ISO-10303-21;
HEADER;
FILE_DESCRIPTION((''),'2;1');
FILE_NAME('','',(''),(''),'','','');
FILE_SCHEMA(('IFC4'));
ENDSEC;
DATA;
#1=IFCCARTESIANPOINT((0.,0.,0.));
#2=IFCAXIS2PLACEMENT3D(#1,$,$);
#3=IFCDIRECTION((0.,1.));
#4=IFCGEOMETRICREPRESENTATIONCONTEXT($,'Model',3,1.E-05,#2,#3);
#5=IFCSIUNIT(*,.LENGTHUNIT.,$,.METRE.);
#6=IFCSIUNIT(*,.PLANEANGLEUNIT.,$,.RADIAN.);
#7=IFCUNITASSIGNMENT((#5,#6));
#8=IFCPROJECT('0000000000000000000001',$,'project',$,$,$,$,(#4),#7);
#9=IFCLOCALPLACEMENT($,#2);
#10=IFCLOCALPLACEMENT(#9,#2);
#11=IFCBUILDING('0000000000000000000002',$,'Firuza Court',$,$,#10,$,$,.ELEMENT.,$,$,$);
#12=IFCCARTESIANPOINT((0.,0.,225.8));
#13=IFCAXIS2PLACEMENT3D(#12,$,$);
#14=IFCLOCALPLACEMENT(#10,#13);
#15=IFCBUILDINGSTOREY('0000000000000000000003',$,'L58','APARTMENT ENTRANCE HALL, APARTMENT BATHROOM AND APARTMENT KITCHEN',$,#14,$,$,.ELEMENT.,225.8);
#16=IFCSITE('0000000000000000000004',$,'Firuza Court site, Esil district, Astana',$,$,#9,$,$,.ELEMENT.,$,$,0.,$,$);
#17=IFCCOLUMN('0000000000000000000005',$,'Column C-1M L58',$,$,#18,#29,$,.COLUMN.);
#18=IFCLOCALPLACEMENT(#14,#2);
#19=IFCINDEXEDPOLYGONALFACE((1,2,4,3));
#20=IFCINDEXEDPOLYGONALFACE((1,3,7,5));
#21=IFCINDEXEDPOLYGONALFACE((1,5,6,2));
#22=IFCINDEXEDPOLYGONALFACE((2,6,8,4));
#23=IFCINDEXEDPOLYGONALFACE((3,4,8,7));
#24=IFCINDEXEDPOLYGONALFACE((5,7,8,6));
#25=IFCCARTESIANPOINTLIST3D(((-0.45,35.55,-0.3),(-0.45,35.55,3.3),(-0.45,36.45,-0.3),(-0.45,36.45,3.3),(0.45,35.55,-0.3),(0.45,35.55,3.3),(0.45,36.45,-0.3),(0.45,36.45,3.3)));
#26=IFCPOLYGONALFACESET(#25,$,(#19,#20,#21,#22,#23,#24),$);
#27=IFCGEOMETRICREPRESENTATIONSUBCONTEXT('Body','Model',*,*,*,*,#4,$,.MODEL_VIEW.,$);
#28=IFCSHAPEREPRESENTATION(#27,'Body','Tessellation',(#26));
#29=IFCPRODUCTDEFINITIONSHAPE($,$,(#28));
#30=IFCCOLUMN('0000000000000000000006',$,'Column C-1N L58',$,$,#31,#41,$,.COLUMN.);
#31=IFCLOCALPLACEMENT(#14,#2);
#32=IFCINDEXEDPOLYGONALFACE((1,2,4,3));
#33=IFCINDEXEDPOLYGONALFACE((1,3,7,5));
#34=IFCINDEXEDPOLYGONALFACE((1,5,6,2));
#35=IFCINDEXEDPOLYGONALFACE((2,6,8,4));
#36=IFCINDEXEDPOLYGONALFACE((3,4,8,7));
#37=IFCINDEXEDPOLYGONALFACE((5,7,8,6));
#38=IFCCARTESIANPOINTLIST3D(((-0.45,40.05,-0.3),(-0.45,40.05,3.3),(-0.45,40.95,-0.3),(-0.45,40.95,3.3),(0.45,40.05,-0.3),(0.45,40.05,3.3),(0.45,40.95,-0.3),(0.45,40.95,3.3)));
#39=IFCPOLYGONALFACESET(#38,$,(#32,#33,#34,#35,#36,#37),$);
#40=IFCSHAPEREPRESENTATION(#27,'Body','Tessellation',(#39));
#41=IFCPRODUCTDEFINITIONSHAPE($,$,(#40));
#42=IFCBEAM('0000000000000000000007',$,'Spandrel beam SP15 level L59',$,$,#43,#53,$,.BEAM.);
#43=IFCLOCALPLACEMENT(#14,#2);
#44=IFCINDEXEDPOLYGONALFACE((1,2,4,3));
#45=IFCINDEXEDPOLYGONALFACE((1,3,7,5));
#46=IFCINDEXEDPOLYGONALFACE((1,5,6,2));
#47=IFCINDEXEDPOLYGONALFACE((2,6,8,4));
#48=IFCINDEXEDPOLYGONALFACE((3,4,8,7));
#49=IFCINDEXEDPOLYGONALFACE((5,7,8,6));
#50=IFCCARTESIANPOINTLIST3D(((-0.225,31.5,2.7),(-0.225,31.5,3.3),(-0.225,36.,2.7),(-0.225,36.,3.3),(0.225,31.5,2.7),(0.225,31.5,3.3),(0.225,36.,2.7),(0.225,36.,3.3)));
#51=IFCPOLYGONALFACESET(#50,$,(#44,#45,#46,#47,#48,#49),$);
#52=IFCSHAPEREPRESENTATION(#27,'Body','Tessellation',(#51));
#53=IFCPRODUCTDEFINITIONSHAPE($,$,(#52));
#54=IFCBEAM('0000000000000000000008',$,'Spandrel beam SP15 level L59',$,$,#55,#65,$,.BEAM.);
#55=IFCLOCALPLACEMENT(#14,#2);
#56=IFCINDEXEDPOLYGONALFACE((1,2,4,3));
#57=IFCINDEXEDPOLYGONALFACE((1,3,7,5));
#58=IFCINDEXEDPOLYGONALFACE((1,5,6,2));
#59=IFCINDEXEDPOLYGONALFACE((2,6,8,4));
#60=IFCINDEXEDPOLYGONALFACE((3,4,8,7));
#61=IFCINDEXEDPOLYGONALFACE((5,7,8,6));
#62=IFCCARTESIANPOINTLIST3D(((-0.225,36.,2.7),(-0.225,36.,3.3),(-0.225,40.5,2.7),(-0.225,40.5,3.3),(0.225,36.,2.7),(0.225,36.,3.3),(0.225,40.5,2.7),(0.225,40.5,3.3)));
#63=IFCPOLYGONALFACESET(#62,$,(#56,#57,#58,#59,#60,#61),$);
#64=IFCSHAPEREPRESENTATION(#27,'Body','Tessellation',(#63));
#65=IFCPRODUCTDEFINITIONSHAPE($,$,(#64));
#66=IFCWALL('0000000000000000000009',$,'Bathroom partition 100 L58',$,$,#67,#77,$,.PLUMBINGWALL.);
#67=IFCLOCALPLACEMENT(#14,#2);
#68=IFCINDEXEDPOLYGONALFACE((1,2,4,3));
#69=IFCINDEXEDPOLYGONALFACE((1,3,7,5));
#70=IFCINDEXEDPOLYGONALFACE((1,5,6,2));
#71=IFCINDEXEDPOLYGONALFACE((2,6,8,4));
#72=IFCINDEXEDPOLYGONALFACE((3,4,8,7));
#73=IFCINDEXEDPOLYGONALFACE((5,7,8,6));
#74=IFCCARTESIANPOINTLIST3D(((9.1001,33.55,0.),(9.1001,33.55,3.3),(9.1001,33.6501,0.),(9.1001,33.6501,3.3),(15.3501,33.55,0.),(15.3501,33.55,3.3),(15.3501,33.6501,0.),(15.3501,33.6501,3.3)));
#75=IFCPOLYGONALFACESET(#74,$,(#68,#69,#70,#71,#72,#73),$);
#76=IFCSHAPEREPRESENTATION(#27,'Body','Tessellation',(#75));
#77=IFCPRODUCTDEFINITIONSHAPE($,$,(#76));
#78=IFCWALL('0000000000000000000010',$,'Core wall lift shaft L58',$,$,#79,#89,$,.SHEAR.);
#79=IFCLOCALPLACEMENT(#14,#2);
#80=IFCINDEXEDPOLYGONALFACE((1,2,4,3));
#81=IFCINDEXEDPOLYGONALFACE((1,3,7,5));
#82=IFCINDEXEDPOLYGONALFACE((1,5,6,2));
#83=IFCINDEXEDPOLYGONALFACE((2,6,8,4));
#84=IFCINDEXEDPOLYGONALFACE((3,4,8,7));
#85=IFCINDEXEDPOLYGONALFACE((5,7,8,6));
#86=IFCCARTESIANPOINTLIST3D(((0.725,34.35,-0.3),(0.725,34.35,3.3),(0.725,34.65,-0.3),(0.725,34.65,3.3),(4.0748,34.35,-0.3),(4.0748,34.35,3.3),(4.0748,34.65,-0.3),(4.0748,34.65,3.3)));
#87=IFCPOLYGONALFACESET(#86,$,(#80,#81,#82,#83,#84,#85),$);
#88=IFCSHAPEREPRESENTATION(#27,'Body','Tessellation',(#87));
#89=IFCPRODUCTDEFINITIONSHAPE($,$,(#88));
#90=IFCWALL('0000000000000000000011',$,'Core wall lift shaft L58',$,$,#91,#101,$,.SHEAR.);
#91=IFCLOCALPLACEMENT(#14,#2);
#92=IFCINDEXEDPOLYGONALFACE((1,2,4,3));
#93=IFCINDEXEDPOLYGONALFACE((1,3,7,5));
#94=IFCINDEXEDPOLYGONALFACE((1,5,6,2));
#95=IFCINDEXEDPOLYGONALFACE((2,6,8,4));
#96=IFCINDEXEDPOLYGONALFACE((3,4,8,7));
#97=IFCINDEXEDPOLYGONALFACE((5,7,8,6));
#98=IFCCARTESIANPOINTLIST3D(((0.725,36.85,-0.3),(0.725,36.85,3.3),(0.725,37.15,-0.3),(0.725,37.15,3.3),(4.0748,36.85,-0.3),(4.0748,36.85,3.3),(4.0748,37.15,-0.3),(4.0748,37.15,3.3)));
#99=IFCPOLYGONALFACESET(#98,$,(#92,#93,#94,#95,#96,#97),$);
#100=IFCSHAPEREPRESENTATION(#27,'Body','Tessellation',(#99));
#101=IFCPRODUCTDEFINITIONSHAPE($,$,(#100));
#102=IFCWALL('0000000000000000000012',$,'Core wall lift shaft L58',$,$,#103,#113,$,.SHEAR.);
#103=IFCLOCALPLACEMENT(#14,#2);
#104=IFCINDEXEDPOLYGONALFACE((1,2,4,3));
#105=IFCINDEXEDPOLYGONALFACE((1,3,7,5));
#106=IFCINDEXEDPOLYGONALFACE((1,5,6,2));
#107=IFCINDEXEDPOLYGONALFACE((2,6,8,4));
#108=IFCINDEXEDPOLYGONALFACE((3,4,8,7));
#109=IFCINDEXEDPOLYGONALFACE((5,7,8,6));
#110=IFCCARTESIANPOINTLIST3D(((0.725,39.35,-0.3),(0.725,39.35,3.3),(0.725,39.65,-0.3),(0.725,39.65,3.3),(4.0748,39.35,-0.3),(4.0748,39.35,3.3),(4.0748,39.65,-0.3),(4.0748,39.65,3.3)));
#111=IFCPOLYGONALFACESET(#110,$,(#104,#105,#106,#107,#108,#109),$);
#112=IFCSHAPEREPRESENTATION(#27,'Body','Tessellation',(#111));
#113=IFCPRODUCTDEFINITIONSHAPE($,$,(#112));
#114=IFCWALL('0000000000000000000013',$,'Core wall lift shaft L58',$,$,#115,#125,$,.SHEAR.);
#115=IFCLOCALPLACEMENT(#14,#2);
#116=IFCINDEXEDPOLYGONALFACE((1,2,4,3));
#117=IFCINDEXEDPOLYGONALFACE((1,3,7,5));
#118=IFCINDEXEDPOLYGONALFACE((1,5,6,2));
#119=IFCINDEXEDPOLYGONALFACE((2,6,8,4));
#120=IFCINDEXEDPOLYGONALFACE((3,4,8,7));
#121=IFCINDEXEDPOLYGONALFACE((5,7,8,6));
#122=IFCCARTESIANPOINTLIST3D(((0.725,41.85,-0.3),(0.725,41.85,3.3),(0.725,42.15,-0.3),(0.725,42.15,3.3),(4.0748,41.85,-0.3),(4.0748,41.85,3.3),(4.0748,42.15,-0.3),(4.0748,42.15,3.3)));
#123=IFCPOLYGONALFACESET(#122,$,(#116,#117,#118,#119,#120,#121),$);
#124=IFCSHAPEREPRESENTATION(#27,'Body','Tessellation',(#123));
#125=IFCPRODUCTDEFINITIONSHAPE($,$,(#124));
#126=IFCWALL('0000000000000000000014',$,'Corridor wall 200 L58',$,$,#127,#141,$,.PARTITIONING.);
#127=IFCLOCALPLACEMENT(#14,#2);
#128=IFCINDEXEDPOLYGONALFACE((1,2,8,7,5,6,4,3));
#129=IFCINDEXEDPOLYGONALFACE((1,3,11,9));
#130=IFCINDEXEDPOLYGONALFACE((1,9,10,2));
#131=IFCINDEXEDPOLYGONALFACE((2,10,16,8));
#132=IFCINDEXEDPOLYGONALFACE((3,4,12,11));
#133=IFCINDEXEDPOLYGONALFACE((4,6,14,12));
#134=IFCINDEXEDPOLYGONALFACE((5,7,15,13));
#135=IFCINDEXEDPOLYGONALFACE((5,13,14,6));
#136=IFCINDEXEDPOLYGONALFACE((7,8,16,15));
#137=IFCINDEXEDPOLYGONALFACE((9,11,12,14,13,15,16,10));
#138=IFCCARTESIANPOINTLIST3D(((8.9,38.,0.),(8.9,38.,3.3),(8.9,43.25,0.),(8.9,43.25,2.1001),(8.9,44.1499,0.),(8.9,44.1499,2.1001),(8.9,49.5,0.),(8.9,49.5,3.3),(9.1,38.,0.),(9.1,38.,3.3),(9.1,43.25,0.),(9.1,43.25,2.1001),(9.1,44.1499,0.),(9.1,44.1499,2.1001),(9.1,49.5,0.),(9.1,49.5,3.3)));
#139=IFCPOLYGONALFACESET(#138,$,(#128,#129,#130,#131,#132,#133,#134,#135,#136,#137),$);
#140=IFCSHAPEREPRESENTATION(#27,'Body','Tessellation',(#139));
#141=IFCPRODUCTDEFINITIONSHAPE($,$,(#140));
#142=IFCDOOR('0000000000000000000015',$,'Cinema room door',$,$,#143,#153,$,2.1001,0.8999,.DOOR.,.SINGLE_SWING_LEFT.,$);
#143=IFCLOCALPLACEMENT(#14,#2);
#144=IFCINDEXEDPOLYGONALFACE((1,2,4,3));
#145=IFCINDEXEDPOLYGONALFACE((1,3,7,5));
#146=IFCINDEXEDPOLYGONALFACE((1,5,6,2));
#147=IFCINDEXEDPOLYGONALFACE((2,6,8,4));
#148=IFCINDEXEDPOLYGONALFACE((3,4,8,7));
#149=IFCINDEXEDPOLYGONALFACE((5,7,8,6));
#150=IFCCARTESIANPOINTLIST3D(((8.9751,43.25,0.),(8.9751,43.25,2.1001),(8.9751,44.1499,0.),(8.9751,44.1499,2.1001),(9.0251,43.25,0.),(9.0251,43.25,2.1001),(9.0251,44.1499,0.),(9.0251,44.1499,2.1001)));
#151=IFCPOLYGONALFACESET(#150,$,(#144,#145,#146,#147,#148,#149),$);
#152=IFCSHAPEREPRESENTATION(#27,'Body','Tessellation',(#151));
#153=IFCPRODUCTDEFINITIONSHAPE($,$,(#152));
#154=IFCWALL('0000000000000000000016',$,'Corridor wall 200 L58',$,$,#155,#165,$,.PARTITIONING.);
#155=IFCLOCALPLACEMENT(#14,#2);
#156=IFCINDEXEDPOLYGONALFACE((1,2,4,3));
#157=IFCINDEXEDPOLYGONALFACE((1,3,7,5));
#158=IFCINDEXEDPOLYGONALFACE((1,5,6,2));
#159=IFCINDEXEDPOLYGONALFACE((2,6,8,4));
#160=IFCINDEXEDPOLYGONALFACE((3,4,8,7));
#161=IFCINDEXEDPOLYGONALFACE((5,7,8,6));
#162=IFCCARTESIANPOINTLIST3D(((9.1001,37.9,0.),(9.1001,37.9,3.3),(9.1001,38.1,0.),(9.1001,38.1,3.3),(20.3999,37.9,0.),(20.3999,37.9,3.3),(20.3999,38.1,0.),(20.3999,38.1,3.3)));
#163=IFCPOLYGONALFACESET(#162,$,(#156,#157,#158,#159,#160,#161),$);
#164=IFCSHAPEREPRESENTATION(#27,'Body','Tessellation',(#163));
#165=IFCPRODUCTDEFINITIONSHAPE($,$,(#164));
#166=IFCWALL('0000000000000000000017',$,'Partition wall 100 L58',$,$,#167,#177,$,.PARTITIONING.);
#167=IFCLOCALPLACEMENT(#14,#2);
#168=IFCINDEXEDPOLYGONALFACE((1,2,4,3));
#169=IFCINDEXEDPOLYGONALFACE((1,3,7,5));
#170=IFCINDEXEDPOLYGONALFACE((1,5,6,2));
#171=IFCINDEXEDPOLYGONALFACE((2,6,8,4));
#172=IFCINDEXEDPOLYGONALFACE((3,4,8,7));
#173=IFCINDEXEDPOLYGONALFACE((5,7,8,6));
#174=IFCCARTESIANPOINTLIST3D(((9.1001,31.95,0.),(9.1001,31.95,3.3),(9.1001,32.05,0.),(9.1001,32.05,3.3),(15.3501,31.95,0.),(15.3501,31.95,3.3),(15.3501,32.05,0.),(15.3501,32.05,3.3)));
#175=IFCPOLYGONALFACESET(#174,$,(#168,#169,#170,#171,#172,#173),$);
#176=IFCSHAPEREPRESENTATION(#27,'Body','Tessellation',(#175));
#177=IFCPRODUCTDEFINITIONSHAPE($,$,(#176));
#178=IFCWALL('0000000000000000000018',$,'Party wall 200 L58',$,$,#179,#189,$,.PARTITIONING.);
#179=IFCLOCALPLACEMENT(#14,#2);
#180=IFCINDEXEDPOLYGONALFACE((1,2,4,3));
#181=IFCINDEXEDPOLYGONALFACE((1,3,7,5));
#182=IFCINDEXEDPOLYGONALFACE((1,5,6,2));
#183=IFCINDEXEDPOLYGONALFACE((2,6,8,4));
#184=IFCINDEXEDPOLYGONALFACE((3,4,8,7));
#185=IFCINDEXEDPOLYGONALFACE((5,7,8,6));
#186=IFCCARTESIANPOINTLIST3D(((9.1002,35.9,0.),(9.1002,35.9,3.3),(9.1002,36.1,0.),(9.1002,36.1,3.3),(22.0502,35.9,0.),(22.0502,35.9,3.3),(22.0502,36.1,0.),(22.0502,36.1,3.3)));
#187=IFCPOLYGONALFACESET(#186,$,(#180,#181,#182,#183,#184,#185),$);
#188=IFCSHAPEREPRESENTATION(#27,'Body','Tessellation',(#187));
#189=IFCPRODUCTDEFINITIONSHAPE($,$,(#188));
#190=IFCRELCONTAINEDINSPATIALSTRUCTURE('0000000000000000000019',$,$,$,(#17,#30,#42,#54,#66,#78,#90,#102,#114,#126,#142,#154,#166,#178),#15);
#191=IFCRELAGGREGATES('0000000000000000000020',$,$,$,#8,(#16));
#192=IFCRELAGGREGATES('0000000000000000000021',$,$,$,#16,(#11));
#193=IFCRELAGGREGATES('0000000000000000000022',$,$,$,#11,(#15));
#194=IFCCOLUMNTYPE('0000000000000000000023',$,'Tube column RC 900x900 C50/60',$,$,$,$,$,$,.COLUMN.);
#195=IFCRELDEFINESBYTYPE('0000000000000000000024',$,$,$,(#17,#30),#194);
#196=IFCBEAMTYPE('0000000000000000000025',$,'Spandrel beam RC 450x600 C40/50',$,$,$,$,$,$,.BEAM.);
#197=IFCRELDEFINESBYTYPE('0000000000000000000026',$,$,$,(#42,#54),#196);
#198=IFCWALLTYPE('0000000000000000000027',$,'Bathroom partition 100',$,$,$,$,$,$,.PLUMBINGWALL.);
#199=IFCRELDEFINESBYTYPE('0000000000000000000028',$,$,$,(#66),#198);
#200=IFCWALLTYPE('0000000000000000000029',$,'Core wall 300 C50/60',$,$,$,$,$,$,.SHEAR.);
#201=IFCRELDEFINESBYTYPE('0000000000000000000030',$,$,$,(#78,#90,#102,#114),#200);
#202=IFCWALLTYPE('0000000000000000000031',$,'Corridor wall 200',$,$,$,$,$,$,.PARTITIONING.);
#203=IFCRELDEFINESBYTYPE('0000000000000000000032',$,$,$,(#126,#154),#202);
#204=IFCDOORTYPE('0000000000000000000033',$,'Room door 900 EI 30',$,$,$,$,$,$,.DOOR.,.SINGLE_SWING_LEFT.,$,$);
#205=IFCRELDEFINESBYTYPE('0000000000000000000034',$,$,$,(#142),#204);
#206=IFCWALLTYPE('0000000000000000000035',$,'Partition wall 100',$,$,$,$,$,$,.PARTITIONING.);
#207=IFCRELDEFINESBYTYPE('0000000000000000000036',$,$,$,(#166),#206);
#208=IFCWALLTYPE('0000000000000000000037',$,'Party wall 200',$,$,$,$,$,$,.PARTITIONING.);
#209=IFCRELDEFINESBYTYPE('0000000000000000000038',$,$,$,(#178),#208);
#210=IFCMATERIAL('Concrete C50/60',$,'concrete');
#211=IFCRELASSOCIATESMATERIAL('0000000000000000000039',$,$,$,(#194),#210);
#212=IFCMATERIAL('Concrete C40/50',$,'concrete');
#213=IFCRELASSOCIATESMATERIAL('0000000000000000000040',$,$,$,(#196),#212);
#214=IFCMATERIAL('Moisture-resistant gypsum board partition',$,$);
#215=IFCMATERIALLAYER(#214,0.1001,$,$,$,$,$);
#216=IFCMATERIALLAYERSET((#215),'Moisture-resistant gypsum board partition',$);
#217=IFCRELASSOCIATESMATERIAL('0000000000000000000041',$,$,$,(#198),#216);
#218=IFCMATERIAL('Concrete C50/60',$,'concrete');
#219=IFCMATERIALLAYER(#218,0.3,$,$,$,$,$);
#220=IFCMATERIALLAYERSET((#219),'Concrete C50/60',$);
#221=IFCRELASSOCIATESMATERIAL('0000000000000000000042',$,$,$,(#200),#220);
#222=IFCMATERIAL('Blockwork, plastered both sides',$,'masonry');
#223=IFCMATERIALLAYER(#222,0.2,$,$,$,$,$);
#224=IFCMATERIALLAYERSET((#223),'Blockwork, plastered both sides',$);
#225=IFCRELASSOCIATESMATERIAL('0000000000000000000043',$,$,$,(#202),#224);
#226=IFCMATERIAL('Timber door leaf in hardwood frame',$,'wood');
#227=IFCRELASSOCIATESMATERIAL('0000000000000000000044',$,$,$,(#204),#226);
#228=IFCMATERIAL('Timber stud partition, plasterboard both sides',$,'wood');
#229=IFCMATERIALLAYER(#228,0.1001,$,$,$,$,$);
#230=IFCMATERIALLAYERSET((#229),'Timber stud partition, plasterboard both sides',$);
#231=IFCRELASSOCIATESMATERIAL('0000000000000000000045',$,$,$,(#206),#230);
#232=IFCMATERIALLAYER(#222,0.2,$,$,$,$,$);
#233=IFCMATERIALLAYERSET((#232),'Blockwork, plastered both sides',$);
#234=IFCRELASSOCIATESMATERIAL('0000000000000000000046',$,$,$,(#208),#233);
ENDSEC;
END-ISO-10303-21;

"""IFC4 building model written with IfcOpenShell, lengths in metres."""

from ifc_helpers import new_model, si_unit, direction, frame, frame_2d, origin, origin_2d, place, context, subcontext, project, spatial, rectangle, extrude, material, layer, layer_set, material_profile, profile_set, type_object, element, fill, save


model = new_model("IFC4")

# Units and contexts
model_context = context("Model", 3, precision=1e-05, world=origin(), true_north=direction((0.0, 1.0)))
body_context = subcontext(model_context, "Body", "Model", "MODEL_VIEW")
ifc_project = project(units=[si_unit("LENGTHUNIT", "METRE"), si_unit("PLANEANGLEUNIT", "RADIAN")], contexts=[model_context])

# Site, building, storey
site_placement = place(None, origin())
site = spatial("IfcSite", under=ifc_project, at=site_placement, Name="Firuza Court site, Esil district, Astana", CompositionType="ELEMENT", RefElevation=0.0)
building_placement = place(site_placement, origin())
building = spatial("IfcBuilding", under=site, at=building_placement, Name="Firuza Court", CompositionType="ELEMENT")
storey_placement = place(building_placement, frame((0.0, 0.0, 225.8)))
storey = spatial("IfcBuildingStorey", under=building, at=storey_placement, Name="L58", Description="APARTMENT ENTRANCE HALL, APARTMENT BATHROOM AND APARTMENT KITCHEN", CompositionType="ELEMENT", Elevation=225.8)

# Columns
ifc_material_1 = material(Name="Concrete C50/60", Category="concrete")
ifc_material_profile_1 = material_profile(ifc_material_1, rectangle(XDim=0.8999, YDim=0.8999, at=origin_2d()), Name="RC 900x900")
ifc_profile_set_1 = profile_set([ifc_material_profile_1], Name="Concrete C50/60")
column_type = type_object("IfcColumnType", Name="Tube column RC 900x900 C50/60", PredefinedType="COLUMN", material=ifc_profile_set_1)
for number, where, z_axis, x_axis, name in (
    (1, (0.0, 36.0, -0.3), (0.0, 0.0, 1.0), (1.0, 0.0, 0.0), "Column C-1M L58"),
    (2, (0.0, 40.5, -0.3), (0.0, 0.0, 1.0), (1.0, 0.0, 0.0), "Column C-1N L58"),
):
    element("IfcColumn", number, at=place(storey_placement, frame(where, z_axis=z_axis, x_axis=x_axis)), inside=storey, type_object=column_type, Name=name, PredefinedType="COLUMN", context=body_context, shape_type="SweptSolid", body=[
        extrude(rectangle(XDim=0.8999, YDim=0.8999, at=origin_2d()), origin(), (0.0, 0.0, 1.0), 3.6001),
    ])

# Beams
ifc_material_2 = material(Name="Concrete C40/50", Category="concrete")
ifc_material_profile_2 = material_profile(ifc_material_2, rectangle(XDim=0.45, YDim=0.6001, at=origin_2d()), Name="RC 450x600")
ifc_profile_set_2 = profile_set([ifc_material_profile_2], Name="Concrete C40/50")
beam_type = type_object("IfcBeamType", Name="Spandrel beam RC 450x600 C40/50", PredefinedType="BEAM", material=ifc_profile_set_2)
for number, where, z_axis, x_axis, name in (
    (3, (0.0, 36.0, 3.0), (0.0, -1.0, 0.0), (1.0, 0.0, 0.0), "Spandrel beam SP15 level L59"),
    (4, (0.0, 40.5, 3.0), (0.0, -1.0, 0.0), (1.0, 0.0, 0.0), "Spandrel beam SP15 level L59"),
):
    element("IfcBeam", number, at=place(storey_placement, frame(where, z_axis=z_axis, x_axis=x_axis)), inside=storey, type_object=beam_type, Name=name, PredefinedType="BEAM", context=body_context, shape_type="SweptSolid", body=[
        extrude(rectangle(XDim=0.45, YDim=0.6001, at=origin_2d()), origin(), (0.0, 0.0, 1.0), 4.5),
    ])

# Walls
ifc_material_3 = material(Name="Moisture-resistant gypsum board partition")
ifc_layer_1 = layer(ifc_material_3, 0.1001)
ifc_layer_set_1 = layer_set([ifc_layer_1], Name="Moisture-resistant gypsum board partition")
wall_type_1 = type_object("IfcWallType", Name="Bathroom partition 100", PredefinedType="PLUMBINGWALL", material=ifc_layer_set_1)
wall_1_placement = place(storey_placement, frame((9.1001, 33.6001, 0.0), z_axis=(0.0, 0.0, 1.0), x_axis=(1.0, 0.0, 0.0)))
element("IfcWall", 5, at=wall_1_placement, inside=storey, type_object=wall_type_1, Name="Bathroom partition 100 L58", PredefinedType="PLUMBINGWALL", context=body_context, shape_type="SweptSolid", body=[
    extrude(rectangle(XDim=6.25, YDim=0.1001, at=frame_2d((3.125, 0.0))), origin(), (0.0, 0.0, 1.0), 3.3),
])
ifc_material_4 = material(Name="Concrete C50/60", Category="concrete")
ifc_layer_2 = layer(ifc_material_4, 0.3)
ifc_layer_set_2 = layer_set([ifc_layer_2], Name="Concrete C50/60")
wall_type_2 = type_object("IfcWallType", Name="Core wall 300 C50/60", PredefinedType="SHEAR", material=ifc_layer_set_2)
for number, where, z_axis, x_axis, name in (
    (6, (0.7251, 34.5, -0.3), (0.0, 0.0, 1.0), (1.0, 0.0, 0.0), "Core wall lift shaft L58"),
    (7, (0.7251, 37.0, -0.3), (0.0, 0.0, 1.0), (1.0, 0.0, 0.0), "Core wall lift shaft L58"),
    (8, (0.7251, 39.5, -0.3), (0.0, 0.0, 1.0), (1.0, 0.0, 0.0), "Core wall lift shaft L58"),
    (9, (0.7251, 42.0, -0.3), (0.0, 0.0, 1.0), (1.0, 0.0, 0.0), "Core wall lift shaft L58"),
):
    element("IfcWall", number, at=place(storey_placement, frame(where, z_axis=z_axis, x_axis=x_axis)), inside=storey, type_object=wall_type_2, Name=name, PredefinedType="SHEAR", context=body_context, shape_type="SweptSolid", body=[
        extrude(rectangle(XDim=3.3499, YDim=0.3, at=frame_2d((1.6748, 0.0))), origin(), (0.0, 0.0, 1.0), 3.6001),
    ])

# Wall, opening, door
ifc_material_5 = material(Name="Blockwork, plastered both sides", Category="masonry")
ifc_layer_3 = layer(ifc_material_5, 0.2)
ifc_layer_set_3 = layer_set([ifc_layer_3], Name="Blockwork, plastered both sides")
wall_type_3 = type_object("IfcWallType", Name="Corridor wall 200", PredefinedType="PARTITIONING", material=ifc_layer_set_3)
wall_2_placement = place(storey_placement, frame((9.0, 38.0, 0.0), z_axis=(0.0, 0.0, 1.0), x_axis=(0.0, 1.0, 0.0)))
wall_2 = element("IfcWall", 10, at=wall_2_placement, inside=storey, type_object=wall_type_3, Name="Corridor wall 200 L58", PredefinedType="PARTITIONING", context=body_context, shape_type="SweptSolid", body=[
    extrude(rectangle(XDim=11.5, YDim=0.2, at=frame_2d((5.75, 0.0))), origin(), (0.0, 0.0, 1.0), 3.3),
])
opening_1_placement = place(wall_2_placement, frame((5.25, 0.0, 0.0)))
opening_1 = element("IfcOpeningElement", 11, at=opening_1_placement, cuts=wall_2, PredefinedType="OPENING", context=body_context, shape_type="SweptSolid", body=[
    extrude(rectangle(XDim=0.8999, YDim=2.1001, at=frame_2d((0.45, 1.05))), frame((0.0, 0.1118, 0.0), z_axis=(0.0, -1.0, 0.0), x_axis=(1.0, 0.0, 0.0)), (0.0, 0.0, 1.0), 0.2239),
])
ifc_material_6 = material(Name="Timber door leaf in hardwood frame", Category="wood")
door_type_1 = type_object("IfcDoorType", Name="Room door 900 EI 30", OperationType="SINGLE_SWING_LEFT", PredefinedType="DOOR", material=ifc_material_6)
door_1_placement = place(opening_1_placement, origin())
door_1 = element("IfcDoor", 12, at=door_1_placement, inside=storey, type_object=door_type_1, Name="Cinema room door", OperationType="SINGLE_SWING_LEFT", OverallHeight=2.1001, OverallWidth=0.8999, PredefinedType="DOOR", context=body_context, shape_type="SweptSolid", body=[
    extrude(rectangle(XDim=0.8999, YDim=2.1001, at=frame_2d((0.45, 1.05))), frame((0.0, 0.0249, 0.0), z_axis=(0.0, -1.0, 0.0), x_axis=(1.0, 0.0, 0.0)), (0.0, 0.0, 1.0), 0.05),
])
fill(opening_1, door_1)

# Walls
wall_3_placement = place(storey_placement, frame((9.1001, 38.0, 0.0), z_axis=(0.0, 0.0, 1.0), x_axis=(1.0, 0.0, 0.0)))
element("IfcWall", 13, at=wall_3_placement, inside=storey, type_object=wall_type_3, Name="Corridor wall 200 L58", PredefinedType="PARTITIONING", context=body_context, shape_type="SweptSolid", body=[
    extrude(rectangle(XDim=11.2998, YDim=0.2, at=frame_2d((5.6499, 0.0))), origin(), (0.0, 0.0, 1.0), 3.3),
])
ifc_material_7 = material(Name="Timber stud partition, plasterboard both sides", Category="wood")
ifc_layer_4 = layer(ifc_material_7, 0.1001)
ifc_layer_set_4 = layer_set([ifc_layer_4], Name="Timber stud partition, plasterboard both sides")
wall_type_4 = type_object("IfcWallType", Name="Partition wall 100", PredefinedType="PARTITIONING", material=ifc_layer_set_4)
wall_4_placement = place(storey_placement, frame((9.1001, 32.0, 0.0), z_axis=(0.0, 0.0, 1.0), x_axis=(1.0, 0.0, 0.0)))
element("IfcWall", 14, at=wall_4_placement, inside=storey, type_object=wall_type_4, Name="Partition wall 100 L58", PredefinedType="PARTITIONING", context=body_context, shape_type="SweptSolid", body=[
    extrude(rectangle(XDim=6.25, YDim=0.1001, at=frame_2d((3.125, 0.0))), origin(), (0.0, 0.0, 1.0), 3.3),
])
ifc_layer_5 = layer(ifc_material_5, 0.2)
ifc_layer_set_5 = layer_set([ifc_layer_5], Name="Blockwork, plastered both sides")
wall_type_5 = type_object("IfcWallType", Name="Party wall 200", PredefinedType="PARTITIONING", material=ifc_layer_set_5)
wall_5_placement = place(storey_placement, frame((9.1001, 36.0, 0.0), z_axis=(0.0, 0.0, 1.0), x_axis=(1.0, 0.0, 0.0)))
element("IfcWall", 15, at=wall_5_placement, inside=storey, type_object=wall_type_5, Name="Party wall 200 L58", PredefinedType="PARTITIONING", context=body_context, shape_type="SweptSolid", body=[
    extrude(rectangle(XDim=12.95, YDim=0.2, at=frame_2d((6.4751, 0.0))), origin(), (0.0, 0.0, 1.0), 3.3),
])

save(model, "model.ifc")
